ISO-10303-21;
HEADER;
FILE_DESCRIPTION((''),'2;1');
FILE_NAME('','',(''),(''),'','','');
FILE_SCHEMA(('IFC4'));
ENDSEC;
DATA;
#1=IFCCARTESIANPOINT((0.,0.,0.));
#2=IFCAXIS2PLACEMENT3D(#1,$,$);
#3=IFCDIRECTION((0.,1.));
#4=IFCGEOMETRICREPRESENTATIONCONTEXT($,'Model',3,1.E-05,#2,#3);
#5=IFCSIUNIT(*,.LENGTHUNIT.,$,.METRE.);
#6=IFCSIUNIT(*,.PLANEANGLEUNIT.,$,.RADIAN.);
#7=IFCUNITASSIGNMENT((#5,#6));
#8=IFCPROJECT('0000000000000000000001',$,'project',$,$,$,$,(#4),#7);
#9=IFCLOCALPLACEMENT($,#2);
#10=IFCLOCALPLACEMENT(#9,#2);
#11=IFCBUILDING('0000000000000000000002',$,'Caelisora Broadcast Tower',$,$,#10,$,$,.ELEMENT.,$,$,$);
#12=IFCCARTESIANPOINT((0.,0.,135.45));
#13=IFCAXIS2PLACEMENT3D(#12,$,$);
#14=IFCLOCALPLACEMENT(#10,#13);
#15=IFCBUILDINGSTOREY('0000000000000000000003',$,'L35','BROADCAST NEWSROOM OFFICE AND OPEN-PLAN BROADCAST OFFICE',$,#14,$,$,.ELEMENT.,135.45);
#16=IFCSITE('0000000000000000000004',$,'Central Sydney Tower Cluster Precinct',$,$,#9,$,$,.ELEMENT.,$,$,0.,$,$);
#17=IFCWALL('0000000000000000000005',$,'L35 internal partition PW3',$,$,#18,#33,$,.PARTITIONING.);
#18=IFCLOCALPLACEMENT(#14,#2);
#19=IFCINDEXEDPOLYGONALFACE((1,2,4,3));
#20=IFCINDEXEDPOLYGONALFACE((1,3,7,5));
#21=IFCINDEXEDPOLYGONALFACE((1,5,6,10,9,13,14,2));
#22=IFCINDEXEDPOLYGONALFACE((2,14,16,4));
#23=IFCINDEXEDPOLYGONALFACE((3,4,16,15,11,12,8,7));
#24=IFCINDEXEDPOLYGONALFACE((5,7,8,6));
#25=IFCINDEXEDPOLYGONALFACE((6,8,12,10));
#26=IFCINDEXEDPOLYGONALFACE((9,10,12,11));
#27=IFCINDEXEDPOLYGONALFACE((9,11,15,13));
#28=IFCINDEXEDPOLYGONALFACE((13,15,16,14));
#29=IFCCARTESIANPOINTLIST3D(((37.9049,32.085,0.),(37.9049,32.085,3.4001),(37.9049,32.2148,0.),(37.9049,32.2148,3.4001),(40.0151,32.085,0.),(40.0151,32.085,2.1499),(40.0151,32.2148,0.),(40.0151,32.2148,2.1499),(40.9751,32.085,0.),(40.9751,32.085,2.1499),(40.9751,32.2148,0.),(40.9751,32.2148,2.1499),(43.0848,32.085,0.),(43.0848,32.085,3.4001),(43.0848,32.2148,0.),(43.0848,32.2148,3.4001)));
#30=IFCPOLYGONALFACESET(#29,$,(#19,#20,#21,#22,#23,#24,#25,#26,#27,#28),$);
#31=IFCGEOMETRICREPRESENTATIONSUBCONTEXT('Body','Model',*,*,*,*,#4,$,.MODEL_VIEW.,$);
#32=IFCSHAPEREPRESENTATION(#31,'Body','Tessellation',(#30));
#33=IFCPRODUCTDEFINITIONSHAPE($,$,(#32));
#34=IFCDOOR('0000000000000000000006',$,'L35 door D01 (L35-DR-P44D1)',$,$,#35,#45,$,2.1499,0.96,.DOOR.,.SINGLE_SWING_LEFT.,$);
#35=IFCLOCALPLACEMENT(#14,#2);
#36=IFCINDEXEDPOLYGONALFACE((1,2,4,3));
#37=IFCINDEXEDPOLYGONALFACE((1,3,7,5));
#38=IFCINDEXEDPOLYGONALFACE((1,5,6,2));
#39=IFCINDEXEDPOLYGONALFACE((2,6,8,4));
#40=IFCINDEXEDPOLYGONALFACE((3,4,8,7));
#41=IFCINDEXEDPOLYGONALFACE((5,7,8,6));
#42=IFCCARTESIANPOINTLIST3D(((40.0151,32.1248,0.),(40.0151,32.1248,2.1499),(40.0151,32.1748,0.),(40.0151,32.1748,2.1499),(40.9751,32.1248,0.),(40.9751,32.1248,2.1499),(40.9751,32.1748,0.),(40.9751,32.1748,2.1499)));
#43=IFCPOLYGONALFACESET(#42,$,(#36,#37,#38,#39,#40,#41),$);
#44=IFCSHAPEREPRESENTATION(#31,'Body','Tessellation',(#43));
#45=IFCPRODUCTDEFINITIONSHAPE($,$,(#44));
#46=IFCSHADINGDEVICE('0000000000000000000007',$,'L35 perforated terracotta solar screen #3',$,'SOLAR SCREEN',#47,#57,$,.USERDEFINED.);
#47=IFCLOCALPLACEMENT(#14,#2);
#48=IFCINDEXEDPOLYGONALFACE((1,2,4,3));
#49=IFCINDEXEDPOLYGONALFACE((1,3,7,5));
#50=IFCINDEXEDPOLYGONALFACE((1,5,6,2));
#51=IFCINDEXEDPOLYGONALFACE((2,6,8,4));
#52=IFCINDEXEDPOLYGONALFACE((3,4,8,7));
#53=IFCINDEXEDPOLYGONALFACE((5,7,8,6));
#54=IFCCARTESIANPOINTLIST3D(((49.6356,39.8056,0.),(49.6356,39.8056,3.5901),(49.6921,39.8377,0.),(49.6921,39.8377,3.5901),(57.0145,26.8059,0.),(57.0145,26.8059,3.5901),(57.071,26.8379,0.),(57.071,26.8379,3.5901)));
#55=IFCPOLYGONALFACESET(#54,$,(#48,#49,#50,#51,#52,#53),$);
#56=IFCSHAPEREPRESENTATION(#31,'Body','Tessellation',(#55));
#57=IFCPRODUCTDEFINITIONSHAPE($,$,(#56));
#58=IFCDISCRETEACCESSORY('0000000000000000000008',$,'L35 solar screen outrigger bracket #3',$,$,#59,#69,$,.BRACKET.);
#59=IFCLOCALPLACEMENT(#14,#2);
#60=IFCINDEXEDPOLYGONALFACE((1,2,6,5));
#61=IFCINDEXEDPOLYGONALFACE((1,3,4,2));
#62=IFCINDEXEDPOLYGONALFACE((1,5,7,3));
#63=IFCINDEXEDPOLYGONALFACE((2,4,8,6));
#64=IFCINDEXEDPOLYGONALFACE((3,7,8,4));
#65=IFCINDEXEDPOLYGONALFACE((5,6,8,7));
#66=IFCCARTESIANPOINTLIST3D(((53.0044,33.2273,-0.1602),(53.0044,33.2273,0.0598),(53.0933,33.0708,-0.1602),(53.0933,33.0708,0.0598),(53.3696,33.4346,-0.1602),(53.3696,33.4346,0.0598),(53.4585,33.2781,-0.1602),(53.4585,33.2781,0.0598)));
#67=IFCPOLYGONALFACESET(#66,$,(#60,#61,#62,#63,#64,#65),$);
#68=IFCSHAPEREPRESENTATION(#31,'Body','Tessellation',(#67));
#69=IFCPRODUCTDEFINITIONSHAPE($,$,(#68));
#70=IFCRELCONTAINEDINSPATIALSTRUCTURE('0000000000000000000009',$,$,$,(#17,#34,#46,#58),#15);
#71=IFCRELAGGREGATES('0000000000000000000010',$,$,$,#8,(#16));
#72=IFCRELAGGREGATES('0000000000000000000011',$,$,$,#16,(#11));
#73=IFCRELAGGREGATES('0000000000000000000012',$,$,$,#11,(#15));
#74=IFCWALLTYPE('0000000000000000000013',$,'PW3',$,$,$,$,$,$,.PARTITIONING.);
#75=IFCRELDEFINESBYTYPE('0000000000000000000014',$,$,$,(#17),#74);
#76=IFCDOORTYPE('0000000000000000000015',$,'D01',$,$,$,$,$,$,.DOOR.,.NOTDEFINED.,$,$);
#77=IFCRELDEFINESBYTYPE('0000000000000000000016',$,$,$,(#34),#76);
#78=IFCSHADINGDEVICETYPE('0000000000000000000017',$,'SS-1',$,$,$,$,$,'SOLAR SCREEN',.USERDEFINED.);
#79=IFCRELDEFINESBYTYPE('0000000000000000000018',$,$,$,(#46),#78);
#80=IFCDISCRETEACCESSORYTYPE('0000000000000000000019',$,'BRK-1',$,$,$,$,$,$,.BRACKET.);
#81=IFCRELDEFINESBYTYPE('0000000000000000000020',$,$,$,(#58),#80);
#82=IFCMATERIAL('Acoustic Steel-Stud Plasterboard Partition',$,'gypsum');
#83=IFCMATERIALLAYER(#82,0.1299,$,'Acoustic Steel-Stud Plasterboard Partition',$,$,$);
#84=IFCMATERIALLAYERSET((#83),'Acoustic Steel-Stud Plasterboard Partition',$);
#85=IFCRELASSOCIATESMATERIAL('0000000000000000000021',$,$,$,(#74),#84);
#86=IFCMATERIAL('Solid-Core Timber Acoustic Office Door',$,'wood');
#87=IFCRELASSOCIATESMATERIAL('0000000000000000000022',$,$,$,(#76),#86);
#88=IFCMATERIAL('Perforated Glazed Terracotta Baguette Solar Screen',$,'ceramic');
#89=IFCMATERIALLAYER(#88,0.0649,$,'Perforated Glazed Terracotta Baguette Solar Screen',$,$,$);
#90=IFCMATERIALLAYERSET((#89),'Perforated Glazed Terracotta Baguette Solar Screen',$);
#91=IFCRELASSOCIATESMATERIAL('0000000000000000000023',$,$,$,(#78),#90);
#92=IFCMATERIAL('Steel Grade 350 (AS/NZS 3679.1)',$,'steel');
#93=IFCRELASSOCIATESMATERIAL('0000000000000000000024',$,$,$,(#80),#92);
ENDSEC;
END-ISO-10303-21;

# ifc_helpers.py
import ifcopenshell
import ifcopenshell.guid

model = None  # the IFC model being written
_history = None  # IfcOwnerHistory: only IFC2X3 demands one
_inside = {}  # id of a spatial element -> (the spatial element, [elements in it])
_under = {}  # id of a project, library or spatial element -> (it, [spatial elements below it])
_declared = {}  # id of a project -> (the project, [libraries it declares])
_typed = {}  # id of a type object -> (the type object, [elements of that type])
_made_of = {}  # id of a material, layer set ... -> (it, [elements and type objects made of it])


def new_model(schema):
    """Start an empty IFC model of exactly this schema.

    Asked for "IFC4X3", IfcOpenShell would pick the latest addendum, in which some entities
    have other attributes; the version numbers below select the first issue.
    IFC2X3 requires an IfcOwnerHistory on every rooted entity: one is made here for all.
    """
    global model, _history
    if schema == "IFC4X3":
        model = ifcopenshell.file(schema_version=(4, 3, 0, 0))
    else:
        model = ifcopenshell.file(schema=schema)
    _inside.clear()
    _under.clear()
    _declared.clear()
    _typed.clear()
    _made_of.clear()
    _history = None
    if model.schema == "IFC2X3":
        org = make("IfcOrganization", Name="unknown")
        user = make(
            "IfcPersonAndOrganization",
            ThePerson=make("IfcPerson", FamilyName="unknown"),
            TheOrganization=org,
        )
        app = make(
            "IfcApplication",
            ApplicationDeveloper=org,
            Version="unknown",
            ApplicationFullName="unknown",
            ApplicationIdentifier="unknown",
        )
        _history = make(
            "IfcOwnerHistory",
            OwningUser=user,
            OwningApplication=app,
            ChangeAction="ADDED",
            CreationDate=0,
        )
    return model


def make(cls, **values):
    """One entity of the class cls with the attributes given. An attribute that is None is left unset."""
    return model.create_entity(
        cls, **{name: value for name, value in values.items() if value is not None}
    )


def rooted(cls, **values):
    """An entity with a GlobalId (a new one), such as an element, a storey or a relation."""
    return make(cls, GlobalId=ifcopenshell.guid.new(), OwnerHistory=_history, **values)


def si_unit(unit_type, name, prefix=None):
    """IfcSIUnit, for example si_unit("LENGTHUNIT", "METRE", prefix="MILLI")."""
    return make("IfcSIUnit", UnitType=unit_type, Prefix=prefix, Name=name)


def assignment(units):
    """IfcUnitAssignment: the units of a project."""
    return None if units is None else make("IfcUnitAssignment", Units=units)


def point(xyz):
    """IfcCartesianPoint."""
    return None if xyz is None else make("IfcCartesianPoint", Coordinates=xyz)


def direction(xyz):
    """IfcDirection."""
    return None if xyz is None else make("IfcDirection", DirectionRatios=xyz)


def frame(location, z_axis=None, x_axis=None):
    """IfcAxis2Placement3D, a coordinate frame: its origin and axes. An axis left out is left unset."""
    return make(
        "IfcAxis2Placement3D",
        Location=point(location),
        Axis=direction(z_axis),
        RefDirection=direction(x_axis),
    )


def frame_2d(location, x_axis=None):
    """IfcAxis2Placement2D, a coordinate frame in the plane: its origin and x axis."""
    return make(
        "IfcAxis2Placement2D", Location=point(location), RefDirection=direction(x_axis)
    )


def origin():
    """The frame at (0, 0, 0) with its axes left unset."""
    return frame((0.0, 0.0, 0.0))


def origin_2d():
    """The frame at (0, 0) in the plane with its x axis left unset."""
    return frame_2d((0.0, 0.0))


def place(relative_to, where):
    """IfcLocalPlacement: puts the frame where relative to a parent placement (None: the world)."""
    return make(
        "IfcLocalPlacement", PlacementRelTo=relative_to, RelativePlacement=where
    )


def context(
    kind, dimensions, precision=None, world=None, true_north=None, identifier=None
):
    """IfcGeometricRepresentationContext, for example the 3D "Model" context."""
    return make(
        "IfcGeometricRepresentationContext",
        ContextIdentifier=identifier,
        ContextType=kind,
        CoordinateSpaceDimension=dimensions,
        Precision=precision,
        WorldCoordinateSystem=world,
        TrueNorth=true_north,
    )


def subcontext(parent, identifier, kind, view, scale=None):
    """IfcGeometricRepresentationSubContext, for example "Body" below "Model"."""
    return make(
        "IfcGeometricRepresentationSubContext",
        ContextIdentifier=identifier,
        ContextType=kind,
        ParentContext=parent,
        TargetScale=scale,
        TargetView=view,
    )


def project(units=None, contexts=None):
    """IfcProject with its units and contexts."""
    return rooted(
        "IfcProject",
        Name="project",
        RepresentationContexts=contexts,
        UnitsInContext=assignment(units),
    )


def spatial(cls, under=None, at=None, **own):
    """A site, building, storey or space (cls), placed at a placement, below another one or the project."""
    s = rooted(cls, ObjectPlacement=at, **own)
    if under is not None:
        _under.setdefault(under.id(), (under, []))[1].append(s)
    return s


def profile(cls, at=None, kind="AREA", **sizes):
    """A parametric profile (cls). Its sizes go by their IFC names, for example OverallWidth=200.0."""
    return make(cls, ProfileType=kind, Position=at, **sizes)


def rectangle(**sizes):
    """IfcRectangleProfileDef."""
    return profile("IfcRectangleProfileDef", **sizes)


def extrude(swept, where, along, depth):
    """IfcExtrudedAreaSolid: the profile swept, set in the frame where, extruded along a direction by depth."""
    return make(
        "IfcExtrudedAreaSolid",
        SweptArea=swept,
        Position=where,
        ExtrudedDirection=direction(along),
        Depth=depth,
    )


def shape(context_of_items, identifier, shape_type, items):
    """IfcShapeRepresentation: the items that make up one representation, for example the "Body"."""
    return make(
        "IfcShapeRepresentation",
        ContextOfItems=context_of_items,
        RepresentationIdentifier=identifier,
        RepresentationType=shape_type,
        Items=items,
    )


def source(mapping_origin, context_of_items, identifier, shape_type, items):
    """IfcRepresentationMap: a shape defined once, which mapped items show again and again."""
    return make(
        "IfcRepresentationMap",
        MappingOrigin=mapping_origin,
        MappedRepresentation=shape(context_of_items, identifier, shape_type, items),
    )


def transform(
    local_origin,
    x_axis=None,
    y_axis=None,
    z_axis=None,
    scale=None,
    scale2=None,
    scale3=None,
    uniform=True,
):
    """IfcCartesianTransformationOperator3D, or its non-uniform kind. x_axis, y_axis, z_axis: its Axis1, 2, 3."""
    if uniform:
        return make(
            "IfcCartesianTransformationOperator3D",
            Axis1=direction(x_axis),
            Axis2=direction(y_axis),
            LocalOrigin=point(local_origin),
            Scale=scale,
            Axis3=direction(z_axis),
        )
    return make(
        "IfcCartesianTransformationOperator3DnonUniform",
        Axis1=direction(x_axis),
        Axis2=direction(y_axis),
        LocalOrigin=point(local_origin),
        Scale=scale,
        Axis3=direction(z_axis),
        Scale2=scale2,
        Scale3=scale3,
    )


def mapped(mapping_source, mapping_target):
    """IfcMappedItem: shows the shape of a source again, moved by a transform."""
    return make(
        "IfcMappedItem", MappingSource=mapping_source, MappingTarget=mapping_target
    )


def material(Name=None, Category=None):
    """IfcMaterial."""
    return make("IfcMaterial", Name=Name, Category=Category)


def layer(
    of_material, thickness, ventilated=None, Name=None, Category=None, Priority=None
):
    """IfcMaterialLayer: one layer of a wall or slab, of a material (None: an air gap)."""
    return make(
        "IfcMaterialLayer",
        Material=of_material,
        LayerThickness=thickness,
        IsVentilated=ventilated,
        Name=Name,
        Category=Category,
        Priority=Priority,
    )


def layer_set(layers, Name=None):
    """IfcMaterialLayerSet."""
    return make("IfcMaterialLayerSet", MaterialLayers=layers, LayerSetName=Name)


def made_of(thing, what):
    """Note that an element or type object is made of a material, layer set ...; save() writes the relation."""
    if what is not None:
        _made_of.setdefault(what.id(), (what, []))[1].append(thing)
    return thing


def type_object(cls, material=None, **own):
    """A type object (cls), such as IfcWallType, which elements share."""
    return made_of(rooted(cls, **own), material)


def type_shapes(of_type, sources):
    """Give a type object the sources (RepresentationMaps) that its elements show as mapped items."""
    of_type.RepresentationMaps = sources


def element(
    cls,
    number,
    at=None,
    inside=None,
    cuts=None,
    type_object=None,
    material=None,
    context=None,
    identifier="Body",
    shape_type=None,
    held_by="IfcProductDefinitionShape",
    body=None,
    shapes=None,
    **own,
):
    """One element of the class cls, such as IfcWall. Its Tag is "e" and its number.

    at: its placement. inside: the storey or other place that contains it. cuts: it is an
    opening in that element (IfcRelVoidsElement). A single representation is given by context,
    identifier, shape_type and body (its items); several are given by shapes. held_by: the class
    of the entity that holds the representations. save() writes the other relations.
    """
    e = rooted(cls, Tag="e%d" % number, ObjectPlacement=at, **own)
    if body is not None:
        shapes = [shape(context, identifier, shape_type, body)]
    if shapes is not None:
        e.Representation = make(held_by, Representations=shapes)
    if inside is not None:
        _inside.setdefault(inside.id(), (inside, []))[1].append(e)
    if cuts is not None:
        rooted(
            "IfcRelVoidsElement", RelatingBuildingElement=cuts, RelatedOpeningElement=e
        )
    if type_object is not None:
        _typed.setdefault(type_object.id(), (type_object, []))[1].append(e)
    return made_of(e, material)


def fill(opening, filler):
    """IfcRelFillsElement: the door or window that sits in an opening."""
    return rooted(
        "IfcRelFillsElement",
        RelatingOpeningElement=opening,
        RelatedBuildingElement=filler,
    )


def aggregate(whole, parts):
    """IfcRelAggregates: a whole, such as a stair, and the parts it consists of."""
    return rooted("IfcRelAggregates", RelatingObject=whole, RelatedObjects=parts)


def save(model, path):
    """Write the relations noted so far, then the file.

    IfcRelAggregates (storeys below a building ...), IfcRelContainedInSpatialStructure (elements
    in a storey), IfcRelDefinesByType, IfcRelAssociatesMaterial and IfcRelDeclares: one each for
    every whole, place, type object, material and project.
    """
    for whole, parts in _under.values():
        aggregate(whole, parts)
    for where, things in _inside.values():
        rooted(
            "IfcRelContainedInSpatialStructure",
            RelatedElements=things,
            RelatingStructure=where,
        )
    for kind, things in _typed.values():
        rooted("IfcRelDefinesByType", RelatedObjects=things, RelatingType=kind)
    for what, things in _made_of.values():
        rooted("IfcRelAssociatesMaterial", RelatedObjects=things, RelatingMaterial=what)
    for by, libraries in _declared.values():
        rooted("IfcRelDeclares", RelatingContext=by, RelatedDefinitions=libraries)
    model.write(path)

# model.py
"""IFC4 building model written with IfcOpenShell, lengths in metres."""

from ifc_helpers import new_model, si_unit, direction, frame, frame_2d, origin, origin_2d, place, context, subcontext, project, spatial, rectangle, extrude, source, transform, mapped, material, layer, layer_set, type_object, type_shapes, element, fill, save


model = new_model("IFC4")

# Units and contexts
model_context = context("Model", 3, precision=1e-05, world=origin(), true_north=direction((0.0, 1.0)))
body_context = subcontext(model_context, "Body", "Model", "MODEL_VIEW")
ifc_project = project(units=[si_unit("LENGTHUNIT", "METRE"), si_unit("PLANEANGLEUNIT", "RADIAN")], contexts=[model_context])

# Site, building, storey
site_placement = place(None, origin())
site = spatial("IfcSite", under=ifc_project, at=site_placement, Name="Central Sydney Tower Cluster Precinct", CompositionType="ELEMENT", RefElevation=0.0)
building_placement = place(site_placement, origin())
building = spatial("IfcBuilding", under=site, at=building_placement, Name="Caelisora Broadcast Tower", CompositionType="ELEMENT")
storey_placement = place(building_placement, frame((0.0, 0.0, 135.45)))
storey = spatial("IfcBuildingStorey", under=building, at=storey_placement, Name="L35", Description="BROADCAST NEWSROOM OFFICE AND OPEN-PLAN BROADCAST OFFICE", CompositionType="ELEMENT", Elevation=135.45)

# Shared definitions
ifc_material_1 = material(Name="Steel Grade 350 (AS/NZS 3679.1)", Category="steel")

# Shared definitions
ifc_material_2 = material(Name="Acoustic Steel-Stud Plasterboard Partition", Category="gypsum")
ifc_layer_1 = layer(ifc_material_2, 0.1299, Name="Acoustic Steel-Stud Plasterboard Partition")
ifc_layer_set_1 = layer_set([ifc_layer_1], Name="Acoustic Steel-Stud Plasterboard Partition")
wall_type = type_object("IfcWallType", Name="PW3", PredefinedType="PARTITIONING", material=ifc_layer_set_1)
ifc_material_3 = material(Name="Solid-Core Timber Acoustic Office Door", Category="wood")
door_type = type_object("IfcDoorType", Name="D01", OperationType="NOTDEFINED", PredefinedType="DOOR", material=ifc_material_3)

# Wall, opening, door
wall_1_placement = place(storey_placement, frame((37.905, 32.1499, 0.0), z_axis=(0.0, 0.0, 1.0), x_axis=(1.0, 0.0, 0.0)))
wall_1 = element("IfcWall", 1, at=wall_1_placement, inside=storey, type_object=wall_type, Name="L35 internal partition PW3", PredefinedType="PARTITIONING", context=body_context, shape_type="SweptSolid", body=[
    extrude(rectangle(XDim=5.1799, YDim=0.1299, at=frame_2d((2.5898, 0.0))), origin(), (0.0, 0.0, 1.0), 3.4001),
])
opening_1_placement = place(wall_1_placement, frame((2.1101, 0.0, 0.0)))
opening_1 = element("IfcOpeningElement", 2, at=opening_1_placement, cuts=wall_1, PredefinedType="OPENING", context=body_context, shape_type="SweptSolid", body=[
    extrude(rectangle(XDim=0.96, YDim=2.1499, at=frame_2d((0.48, 1.075))), frame((0.0, 0.0769, 0.0), z_axis=(0.0, -1.0, 0.0), x_axis=(1.0, 0.0, 0.0)), (0.0, 0.0, 1.0), 0.1538),
])
door_1_placement = place(opening_1_placement, origin())
door_1 = element("IfcDoor", 3, at=door_1_placement, inside=storey, type_object=door_type, Name="L35 door D01 (L35-DR-P44D1)", OperationType="SINGLE_SWING_LEFT", OverallHeight=2.1499, OverallWidth=0.96, PredefinedType="DOOR", context=body_context, shape_type="SweptSolid", body=[
    extrude(rectangle(XDim=0.96, YDim=2.1499, at=frame_2d((0.48, 1.075))), frame((0.0, 0.0249, 0.0), z_axis=(0.0, -1.0, 0.0), x_axis=(1.0, 0.0, 0.0)), (0.0, 0.0, 1.0), 0.05),
])
fill(opening_1, door_1)

# Shading device
ifc_material_4 = material(Name="Perforated Glazed Terracotta Baguette Solar Screen", Category="ceramic")
ifc_layer_2 = layer(ifc_material_4, 0.0649, Name="Perforated Glazed Terracotta Baguette Solar Screen")
ifc_layer_set_2 = layer_set([ifc_layer_2], Name="Perforated Glazed Terracotta Baguette Solar Screen")
shading_device_type = type_object("IfcShadingDeviceType", Name="SS-1", ElementType="SOLAR SCREEN", PredefinedType="USERDEFINED", material=ifc_layer_set_2)
shared_shape_1 = source(origin(), body_context, "Body", "SweptSolid", [
    extrude(rectangle(XDim=14.948, YDim=0.0649, at=origin_2d()), origin(), (0.0, 0.0, 1.0), 3.5901),
])
type_shapes(shading_device_type, [shared_shape_1])
shading_device_placement = place(storey_placement, frame((53.3533, 33.3218, 0.0), z_axis=(0.0, 0.0, 1.0), x_axis=(-0.493638, 0.869667, 0.0)))
element("IfcShadingDevice", 4, at=shading_device_placement, inside=storey, type_object=shading_device_type, Name="L35 perforated terracotta solar screen #3", ObjectType="SOLAR SCREEN", PredefinedType="USERDEFINED", context=body_context, shape_type="MappedRepresentation", body=[
    mapped(shared_shape_1, transform((0.0, 0.0, 0.0), scale=1.0)),
])

# Discrete accessory
discrete_accessory_type = type_object("IfcDiscreteAccessoryType", Name="BRK-1", PredefinedType="BRACKET", material=ifc_material_1)
shared_shape_2 = source(origin(), body_context, "Body", "SweptSolid", [
    extrude(rectangle(XDim=0.1799, YDim=0.4199, at=origin_2d()), origin(), (0.0, 0.0, 1.0), 0.22),
])
type_shapes(discrete_accessory_type, [shared_shape_2])
discrete_accessory_placement = place(storey_placement, frame((53.2314, 33.2527, -0.1602), z_axis=(0.0, 0.0, 1.0), x_axis=(-0.493638, 0.869667, 0.0)))
element("IfcDiscreteAccessory", 5, at=discrete_accessory_placement, inside=storey, type_object=discrete_accessory_type, Name="L35 solar screen outrigger bracket #3", PredefinedType="BRACKET", context=body_context, shape_type="MappedRepresentation", body=[
    mapped(shared_shape_2, transform((0.0, 0.0, 0.0), scale=1.0)),
])

save(model, "model.ifc")
